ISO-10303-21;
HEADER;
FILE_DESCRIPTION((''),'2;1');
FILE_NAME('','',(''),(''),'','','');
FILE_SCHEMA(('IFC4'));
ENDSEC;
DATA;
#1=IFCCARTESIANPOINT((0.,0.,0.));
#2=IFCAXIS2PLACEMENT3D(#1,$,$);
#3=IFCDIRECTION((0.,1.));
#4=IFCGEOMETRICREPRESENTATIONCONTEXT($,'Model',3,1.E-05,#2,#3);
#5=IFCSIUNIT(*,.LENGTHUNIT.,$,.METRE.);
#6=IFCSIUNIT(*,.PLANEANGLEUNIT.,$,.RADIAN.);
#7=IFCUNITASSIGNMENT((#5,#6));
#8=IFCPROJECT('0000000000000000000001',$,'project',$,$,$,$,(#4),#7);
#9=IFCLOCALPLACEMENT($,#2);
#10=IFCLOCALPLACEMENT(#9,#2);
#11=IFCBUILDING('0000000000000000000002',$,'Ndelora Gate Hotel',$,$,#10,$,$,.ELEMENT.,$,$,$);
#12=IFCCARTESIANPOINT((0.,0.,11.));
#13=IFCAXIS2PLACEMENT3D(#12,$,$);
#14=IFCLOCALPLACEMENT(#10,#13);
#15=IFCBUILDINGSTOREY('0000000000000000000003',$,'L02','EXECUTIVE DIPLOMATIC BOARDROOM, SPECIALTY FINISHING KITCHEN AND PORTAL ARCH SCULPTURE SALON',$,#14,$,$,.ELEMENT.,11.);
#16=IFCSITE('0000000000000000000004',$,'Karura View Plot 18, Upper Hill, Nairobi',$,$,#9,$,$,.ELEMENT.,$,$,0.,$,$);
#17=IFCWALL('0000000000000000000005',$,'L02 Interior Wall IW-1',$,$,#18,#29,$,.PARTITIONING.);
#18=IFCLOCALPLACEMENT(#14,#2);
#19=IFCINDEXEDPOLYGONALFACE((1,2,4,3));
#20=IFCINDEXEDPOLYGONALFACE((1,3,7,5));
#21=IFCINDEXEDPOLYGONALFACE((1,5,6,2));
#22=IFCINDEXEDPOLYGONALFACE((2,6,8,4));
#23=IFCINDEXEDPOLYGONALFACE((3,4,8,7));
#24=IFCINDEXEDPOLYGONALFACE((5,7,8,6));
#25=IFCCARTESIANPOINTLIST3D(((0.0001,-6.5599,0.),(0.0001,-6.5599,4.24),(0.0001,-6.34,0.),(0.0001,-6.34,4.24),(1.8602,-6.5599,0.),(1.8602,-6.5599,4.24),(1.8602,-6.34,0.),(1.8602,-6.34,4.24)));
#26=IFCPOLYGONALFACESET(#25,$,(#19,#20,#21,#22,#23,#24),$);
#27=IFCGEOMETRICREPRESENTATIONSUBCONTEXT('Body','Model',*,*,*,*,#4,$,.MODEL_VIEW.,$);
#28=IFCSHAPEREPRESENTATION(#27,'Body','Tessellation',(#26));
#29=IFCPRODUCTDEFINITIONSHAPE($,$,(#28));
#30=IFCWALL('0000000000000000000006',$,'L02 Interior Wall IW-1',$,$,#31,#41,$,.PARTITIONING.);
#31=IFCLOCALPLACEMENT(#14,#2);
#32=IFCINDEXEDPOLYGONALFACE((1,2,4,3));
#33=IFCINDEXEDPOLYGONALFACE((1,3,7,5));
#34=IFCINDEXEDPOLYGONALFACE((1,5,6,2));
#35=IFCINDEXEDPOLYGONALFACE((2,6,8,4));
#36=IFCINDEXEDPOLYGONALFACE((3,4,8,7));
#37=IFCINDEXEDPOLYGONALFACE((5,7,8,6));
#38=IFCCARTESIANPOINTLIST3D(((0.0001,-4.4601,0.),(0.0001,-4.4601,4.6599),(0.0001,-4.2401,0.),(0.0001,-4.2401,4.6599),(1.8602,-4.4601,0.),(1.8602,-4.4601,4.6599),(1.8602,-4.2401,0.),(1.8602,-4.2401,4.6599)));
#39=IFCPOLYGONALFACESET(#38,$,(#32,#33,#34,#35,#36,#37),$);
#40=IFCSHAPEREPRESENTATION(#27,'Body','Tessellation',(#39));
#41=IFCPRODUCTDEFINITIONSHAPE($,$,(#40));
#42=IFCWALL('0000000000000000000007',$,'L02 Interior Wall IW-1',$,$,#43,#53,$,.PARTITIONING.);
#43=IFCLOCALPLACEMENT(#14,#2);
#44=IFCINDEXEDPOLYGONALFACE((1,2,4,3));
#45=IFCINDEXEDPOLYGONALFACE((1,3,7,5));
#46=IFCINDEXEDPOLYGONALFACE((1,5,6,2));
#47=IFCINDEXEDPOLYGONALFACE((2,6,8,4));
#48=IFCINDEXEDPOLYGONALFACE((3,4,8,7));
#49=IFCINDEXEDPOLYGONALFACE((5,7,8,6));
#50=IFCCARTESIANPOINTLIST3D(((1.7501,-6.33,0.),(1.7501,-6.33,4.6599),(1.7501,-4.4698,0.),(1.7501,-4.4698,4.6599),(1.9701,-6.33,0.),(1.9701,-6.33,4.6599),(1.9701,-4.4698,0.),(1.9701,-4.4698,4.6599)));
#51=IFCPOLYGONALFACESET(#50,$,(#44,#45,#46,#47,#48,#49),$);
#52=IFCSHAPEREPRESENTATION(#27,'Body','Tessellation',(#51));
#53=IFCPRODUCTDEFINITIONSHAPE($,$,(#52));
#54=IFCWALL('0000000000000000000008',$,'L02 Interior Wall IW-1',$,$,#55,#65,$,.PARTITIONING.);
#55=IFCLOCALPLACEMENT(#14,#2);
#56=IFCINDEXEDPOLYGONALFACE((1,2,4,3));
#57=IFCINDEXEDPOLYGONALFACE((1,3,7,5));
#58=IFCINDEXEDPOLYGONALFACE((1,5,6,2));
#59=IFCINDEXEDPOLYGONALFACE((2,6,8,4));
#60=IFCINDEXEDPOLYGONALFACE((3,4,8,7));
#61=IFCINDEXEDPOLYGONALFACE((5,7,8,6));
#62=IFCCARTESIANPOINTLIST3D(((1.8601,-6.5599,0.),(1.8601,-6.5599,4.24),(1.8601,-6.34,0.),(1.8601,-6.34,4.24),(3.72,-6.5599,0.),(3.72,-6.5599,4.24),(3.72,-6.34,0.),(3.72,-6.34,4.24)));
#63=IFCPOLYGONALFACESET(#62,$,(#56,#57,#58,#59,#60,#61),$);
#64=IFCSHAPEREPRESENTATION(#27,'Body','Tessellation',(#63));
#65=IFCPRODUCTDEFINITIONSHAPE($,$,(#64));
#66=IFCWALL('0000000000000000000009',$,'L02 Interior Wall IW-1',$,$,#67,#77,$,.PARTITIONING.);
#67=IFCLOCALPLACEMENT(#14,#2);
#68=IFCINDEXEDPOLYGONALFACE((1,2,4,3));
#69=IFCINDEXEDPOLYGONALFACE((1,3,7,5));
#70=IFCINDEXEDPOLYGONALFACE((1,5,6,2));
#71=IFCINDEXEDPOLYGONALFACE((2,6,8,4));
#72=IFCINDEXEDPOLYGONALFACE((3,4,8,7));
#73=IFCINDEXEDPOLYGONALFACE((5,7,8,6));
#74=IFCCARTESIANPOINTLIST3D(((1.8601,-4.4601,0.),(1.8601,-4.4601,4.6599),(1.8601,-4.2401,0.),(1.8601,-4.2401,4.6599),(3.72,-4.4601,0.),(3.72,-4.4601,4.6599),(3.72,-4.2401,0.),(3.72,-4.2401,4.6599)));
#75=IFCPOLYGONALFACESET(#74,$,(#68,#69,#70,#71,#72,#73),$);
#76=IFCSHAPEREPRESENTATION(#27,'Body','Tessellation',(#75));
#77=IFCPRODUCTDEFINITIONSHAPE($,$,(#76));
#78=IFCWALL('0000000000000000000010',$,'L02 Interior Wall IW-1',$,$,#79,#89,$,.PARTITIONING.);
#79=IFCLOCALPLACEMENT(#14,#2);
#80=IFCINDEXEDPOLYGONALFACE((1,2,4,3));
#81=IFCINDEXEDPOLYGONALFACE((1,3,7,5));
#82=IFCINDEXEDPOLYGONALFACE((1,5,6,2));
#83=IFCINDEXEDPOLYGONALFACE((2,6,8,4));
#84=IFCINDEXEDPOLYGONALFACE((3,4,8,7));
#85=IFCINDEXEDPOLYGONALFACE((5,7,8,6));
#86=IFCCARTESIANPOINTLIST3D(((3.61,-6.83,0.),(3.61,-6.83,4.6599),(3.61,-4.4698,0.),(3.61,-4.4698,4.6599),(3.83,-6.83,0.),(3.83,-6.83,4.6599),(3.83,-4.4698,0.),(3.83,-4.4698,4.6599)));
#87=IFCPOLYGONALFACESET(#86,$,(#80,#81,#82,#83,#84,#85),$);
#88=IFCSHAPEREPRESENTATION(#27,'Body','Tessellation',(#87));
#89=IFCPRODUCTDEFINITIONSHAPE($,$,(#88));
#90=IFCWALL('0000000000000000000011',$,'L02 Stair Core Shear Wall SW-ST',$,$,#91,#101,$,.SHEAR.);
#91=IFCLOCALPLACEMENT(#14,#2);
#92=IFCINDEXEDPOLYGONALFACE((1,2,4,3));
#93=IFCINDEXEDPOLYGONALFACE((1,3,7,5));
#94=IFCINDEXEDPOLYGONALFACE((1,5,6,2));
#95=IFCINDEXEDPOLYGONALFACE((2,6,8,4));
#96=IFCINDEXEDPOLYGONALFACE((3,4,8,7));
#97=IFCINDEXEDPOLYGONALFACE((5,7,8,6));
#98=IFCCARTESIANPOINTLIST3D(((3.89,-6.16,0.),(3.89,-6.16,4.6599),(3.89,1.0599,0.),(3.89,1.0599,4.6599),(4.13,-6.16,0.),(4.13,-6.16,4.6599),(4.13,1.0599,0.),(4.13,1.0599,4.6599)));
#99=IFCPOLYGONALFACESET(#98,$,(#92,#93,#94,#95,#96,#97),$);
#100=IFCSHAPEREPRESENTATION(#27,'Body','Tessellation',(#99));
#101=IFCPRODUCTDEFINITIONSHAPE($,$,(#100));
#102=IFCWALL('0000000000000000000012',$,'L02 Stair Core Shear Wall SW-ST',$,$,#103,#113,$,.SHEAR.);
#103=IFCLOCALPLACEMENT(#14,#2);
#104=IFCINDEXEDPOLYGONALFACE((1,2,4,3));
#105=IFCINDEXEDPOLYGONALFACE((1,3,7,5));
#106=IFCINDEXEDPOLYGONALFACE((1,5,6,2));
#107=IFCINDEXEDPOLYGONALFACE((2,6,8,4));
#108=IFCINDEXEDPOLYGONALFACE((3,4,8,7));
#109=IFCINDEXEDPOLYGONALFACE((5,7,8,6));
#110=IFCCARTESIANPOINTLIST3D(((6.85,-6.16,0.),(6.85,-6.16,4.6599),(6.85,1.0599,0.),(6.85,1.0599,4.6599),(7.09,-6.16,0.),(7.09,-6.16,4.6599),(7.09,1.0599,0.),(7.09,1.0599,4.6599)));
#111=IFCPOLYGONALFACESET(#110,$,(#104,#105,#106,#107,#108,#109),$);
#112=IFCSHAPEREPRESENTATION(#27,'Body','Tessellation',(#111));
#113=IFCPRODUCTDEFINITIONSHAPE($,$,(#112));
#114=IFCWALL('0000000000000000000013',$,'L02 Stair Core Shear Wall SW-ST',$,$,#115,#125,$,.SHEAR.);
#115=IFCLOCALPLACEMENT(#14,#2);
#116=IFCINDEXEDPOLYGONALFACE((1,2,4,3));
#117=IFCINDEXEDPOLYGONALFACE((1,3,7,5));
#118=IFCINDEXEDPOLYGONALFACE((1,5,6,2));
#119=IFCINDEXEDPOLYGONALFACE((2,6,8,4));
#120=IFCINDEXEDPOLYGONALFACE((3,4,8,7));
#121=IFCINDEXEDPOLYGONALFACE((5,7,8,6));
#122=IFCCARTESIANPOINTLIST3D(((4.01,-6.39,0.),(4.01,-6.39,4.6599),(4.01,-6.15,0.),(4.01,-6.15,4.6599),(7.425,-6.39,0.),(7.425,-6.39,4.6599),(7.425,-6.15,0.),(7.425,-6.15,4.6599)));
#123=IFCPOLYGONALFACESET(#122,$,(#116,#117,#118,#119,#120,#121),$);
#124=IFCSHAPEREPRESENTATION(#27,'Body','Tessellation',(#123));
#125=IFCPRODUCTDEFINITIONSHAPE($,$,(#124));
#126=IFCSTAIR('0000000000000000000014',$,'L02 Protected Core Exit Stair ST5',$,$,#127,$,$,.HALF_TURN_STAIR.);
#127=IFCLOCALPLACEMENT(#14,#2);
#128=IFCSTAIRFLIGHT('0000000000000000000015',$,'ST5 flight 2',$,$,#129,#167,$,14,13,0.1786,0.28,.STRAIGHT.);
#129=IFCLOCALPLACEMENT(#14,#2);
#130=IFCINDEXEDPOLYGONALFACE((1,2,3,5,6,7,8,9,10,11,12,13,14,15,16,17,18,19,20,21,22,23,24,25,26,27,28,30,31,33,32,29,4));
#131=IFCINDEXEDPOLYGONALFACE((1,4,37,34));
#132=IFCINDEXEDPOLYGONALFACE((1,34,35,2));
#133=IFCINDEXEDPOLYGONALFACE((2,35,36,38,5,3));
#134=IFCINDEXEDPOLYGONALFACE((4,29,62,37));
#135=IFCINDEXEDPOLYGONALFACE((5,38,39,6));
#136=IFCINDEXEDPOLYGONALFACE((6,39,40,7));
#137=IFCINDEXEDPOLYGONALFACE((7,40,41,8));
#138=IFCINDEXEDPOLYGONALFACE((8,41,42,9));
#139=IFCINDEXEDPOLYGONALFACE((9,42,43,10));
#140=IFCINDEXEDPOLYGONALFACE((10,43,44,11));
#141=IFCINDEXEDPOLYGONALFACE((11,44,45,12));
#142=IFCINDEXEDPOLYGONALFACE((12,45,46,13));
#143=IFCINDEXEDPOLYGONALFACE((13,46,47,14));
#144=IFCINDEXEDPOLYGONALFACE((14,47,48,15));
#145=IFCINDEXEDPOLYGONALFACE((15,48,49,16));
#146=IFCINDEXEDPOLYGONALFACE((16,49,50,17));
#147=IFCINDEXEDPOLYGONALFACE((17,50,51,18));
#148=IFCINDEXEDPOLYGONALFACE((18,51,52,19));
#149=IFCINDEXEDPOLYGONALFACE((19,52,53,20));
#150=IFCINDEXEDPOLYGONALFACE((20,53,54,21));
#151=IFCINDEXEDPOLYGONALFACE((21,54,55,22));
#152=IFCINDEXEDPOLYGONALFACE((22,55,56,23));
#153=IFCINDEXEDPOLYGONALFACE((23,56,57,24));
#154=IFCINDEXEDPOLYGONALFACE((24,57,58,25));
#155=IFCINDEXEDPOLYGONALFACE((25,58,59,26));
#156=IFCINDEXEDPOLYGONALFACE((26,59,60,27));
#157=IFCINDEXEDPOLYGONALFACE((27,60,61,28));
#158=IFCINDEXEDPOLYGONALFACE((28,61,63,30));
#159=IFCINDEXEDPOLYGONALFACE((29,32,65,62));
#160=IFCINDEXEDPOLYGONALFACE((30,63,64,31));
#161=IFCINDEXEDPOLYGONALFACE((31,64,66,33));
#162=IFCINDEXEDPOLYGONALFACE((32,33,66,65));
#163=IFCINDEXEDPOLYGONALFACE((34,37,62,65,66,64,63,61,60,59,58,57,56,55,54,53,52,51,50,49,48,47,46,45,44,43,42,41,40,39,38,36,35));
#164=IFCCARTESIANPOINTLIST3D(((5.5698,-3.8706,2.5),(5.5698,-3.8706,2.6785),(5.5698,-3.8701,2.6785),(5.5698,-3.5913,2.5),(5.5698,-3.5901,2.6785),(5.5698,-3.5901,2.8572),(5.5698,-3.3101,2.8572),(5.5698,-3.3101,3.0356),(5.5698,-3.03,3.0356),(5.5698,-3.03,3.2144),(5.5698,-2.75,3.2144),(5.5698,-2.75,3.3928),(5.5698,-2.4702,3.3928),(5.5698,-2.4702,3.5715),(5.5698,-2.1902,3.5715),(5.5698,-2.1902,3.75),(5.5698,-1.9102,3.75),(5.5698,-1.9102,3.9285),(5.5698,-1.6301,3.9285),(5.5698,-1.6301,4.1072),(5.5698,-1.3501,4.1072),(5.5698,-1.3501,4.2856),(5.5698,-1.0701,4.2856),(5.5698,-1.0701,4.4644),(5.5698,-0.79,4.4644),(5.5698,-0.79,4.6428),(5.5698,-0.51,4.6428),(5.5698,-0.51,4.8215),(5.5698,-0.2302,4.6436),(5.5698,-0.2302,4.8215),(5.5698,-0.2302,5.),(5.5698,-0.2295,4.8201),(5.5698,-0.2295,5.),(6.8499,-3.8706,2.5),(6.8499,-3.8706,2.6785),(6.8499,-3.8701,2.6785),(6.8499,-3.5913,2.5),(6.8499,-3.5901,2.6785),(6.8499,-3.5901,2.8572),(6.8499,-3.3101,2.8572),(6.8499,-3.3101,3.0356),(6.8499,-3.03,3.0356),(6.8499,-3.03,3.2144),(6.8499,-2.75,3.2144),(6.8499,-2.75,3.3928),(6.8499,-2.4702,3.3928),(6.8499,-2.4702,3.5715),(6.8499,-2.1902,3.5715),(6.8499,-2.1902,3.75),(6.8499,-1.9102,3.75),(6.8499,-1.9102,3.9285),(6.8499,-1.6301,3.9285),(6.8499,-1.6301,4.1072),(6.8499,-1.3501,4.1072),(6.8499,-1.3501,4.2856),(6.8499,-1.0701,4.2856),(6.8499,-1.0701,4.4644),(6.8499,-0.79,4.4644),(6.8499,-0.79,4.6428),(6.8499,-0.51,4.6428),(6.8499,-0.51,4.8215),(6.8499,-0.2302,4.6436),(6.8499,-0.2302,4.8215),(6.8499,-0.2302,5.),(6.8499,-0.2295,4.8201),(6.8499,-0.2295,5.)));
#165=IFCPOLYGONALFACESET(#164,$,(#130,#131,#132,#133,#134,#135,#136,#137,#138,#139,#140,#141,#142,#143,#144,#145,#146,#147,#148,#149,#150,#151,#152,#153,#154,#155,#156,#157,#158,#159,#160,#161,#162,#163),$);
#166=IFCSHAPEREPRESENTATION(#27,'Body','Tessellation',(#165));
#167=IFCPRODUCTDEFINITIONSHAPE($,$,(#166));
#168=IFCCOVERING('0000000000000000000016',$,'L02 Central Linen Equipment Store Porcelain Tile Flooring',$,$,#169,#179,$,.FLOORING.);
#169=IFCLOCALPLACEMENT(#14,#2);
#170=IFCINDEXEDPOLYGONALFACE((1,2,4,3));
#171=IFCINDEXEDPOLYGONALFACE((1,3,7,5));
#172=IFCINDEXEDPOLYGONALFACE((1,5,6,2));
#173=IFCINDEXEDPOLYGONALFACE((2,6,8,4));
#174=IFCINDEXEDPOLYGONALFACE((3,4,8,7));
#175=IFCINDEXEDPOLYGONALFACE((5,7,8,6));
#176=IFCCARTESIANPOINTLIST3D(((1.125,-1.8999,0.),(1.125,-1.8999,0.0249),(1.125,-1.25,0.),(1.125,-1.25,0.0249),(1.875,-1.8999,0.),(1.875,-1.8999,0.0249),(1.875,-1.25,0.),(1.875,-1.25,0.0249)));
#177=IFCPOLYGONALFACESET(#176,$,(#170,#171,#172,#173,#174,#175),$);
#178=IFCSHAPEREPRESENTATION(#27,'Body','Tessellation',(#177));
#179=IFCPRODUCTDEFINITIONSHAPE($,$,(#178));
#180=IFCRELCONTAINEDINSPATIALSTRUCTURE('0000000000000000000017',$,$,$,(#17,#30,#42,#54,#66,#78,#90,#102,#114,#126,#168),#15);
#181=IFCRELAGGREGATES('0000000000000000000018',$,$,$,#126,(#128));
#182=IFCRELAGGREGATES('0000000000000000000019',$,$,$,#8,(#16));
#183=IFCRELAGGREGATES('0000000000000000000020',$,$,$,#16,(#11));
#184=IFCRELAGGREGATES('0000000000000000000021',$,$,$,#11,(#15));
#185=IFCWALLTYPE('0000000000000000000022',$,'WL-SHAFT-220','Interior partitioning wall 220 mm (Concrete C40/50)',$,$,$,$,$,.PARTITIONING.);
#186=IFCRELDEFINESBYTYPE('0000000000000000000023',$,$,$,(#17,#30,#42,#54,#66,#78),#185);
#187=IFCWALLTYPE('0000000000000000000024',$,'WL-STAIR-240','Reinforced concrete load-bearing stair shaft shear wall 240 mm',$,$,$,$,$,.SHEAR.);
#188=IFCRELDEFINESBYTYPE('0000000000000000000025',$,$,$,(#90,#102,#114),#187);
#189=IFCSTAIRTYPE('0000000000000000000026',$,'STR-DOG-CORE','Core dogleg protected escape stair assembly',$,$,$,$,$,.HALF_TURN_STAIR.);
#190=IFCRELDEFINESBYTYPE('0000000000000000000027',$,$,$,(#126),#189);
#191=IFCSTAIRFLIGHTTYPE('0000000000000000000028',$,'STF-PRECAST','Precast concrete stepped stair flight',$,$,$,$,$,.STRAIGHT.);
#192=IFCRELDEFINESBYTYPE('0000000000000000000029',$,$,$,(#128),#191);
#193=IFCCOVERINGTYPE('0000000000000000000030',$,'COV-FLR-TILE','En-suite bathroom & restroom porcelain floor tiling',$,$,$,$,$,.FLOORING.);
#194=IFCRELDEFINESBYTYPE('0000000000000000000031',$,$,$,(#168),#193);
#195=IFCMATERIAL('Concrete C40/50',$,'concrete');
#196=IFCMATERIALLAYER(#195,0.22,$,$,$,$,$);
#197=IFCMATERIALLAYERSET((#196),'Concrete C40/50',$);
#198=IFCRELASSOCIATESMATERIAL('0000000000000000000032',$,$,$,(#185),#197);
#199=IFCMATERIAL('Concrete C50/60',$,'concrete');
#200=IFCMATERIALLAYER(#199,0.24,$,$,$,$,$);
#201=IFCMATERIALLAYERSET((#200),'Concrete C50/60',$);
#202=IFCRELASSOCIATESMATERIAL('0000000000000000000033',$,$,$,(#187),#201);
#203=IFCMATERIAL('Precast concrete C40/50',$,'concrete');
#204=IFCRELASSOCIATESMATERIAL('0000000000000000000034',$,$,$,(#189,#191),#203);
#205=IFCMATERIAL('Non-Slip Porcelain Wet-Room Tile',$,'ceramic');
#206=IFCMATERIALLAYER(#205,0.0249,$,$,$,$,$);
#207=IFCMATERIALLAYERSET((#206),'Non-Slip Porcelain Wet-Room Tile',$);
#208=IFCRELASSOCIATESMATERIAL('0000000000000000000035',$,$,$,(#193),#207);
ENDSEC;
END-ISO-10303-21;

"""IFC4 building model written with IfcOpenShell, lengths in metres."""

from ifc_helpers import new_model, si_unit, direction, frame, frame_2d, origin, origin_2d, place, context, subcontext, project, spatial, polyline, rectangle, outline, extrude, material, layer, layer_set, type_object, element, aggregate, save


model = new_model("IFC4")

# Units and contexts
model_context = context("Model", 3, precision=1e-05, world=origin(), true_north=direction((0.0, 1.0)))
body_context = subcontext(model_context, "Body", "Model", "MODEL_VIEW")
ifc_project = project(units=[si_unit("LENGTHUNIT", "METRE"), si_unit("PLANEANGLEUNIT", "RADIAN")], contexts=[model_context])

# Site, building, storey
site_placement = place(None, origin())
site = spatial("IfcSite", under=ifc_project, at=site_placement, Name="Karura View Plot 18, Upper Hill, Nairobi", CompositionType="ELEMENT", RefElevation=0.0)
building_placement = place(site_placement, origin())
building = spatial("IfcBuilding", under=site, at=building_placement, Name="Ndelora Gate Hotel", CompositionType="ELEMENT")
storey_placement = place(building_placement, frame((0.0, 0.0, 11.0)))
storey = spatial("IfcBuildingStorey", under=building, at=storey_placement, Name="L02", Description="EXECUTIVE DIPLOMATIC BOARDROOM, SPECIALTY FINISHING KITCHEN AND PORTAL ARCH SCULPTURE SALON", CompositionType="ELEMENT", Elevation=11.0)

# Walls
ifc_material_1 = material(Name="Concrete C40/50", Category="concrete")
ifc_layer_1 = layer(ifc_material_1, 0.22)
ifc_layer_set_1 = layer_set([ifc_layer_1], Name="Concrete C40/50")
wall_type_1 = type_object("IfcWallType", Name="WL-SHAFT-220", Description="Interior partitioning wall 220 mm (Concrete C40/50)", PredefinedType="PARTITIONING", material=ifc_layer_set_1)
wall_1_placement = place(storey_placement, frame((0.0, -6.45, 0.0), z_axis=(0.0, 0.0, 1.0), x_axis=(1.0, 0.0, 0.0)))
element("IfcWall", 1, at=wall_1_placement, inside=storey, type_object=wall_type_1, Name="L02 Interior Wall IW-1", PredefinedType="PARTITIONING", context=body_context, shape_type="SweptSolid", body=[
    extrude(rectangle(XDim=1.8601, YDim=0.22, at=frame_2d((0.9302, 0.0))), origin(), (0.0, 0.0, 1.0), 4.24),
])
for number, where, z_axis, x_axis, name in (
    (2, (0.0, -4.3501, 0.0), (0.0, 0.0, 1.0), (1.0, 0.0, 0.0), "L02 Interior Wall IW-1"),
    (3, (1.8601, -6.3301, 0.0), (0.0, 0.0, 1.0), (0.0, 1.0, 0.0), "L02 Interior Wall IW-1"),
):
    element("IfcWall", number, at=place(storey_placement, frame(where, z_axis=z_axis, x_axis=x_axis)), inside=storey, type_object=wall_type_1, Name=name, PredefinedType="PARTITIONING", context=body_context, shape_type="SweptSolid", body=[
        extrude(rectangle(XDim=1.8601, YDim=0.22, at=frame_2d((0.9302, 0.0))), origin(), (0.0, 0.0, 1.0), 4.6599),
    ])
wall_2_placement = place(storey_placement, frame((1.8601, -6.45, 0.0), z_axis=(0.0, 0.0, 1.0), x_axis=(1.0, 0.0, 0.0)))
element("IfcWall", 4, at=wall_2_placement, inside=storey, type_object=wall_type_1, Name="L02 Interior Wall IW-1", PredefinedType="PARTITIONING", context=body_context, shape_type="SweptSolid", body=[
    extrude(rectangle(XDim=1.8599, YDim=0.22, at=frame_2d((0.9299, 0.0))), origin(), (0.0, 0.0, 1.0), 4.24),
])
wall_3_placement = place(storey_placement, frame((1.8601, -4.3501, 0.0), z_axis=(0.0, 0.0, 1.0), x_axis=(1.0, 0.0, 0.0)))
element("IfcWall", 5, at=wall_3_placement, inside=storey, type_object=wall_type_1, Name="L02 Interior Wall IW-1", PredefinedType="PARTITIONING", context=body_context, shape_type="SweptSolid", body=[
    extrude(rectangle(XDim=1.8599, YDim=0.22, at=frame_2d((0.9299, 0.0))), origin(), (0.0, 0.0, 1.0), 4.6599),
])
wall_4_placement = place(storey_placement, frame((3.72, -6.8301, 0.0), z_axis=(0.0, 0.0, 1.0), x_axis=(0.0, 1.0, 0.0)))
element("IfcWall", 6, at=wall_4_placement, inside=storey, type_object=wall_type_1, Name="L02 Interior Wall IW-1", PredefinedType="PARTITIONING", context=body_context, shape_type="SweptSolid", body=[
    extrude(rectangle(XDim=2.3601, YDim=0.22, at=frame_2d((1.1802, 0.0))), origin(), (0.0, 0.0, 1.0), 4.6599),
])
ifc_material_2 = material(Name="Concrete C50/60", Category="concrete")
ifc_layer_2 = layer(ifc_material_2, 0.24)
ifc_layer_set_2 = layer_set([ifc_layer_2], Name="Concrete C50/60")
wall_type_2 = type_object("IfcWallType", Name="WL-STAIR-240", Description="Reinforced concrete load-bearing stair shaft shear wall 240 mm", PredefinedType="SHEAR", material=ifc_layer_set_2)
for number, where, z_axis, x_axis, name in (
    (7, (4.01, -6.1599, 0.0), (0.0, 0.0, 1.0), (0.0, 1.0, 0.0), "L02 Stair Core Shear Wall SW-ST"),
    (8, (6.97, -6.1599, 0.0), (0.0, 0.0, 1.0), (0.0, 1.0, 0.0), "L02 Stair Core Shear Wall SW-ST"),
):
    element("IfcWall", number, at=place(storey_placement, frame(where, z_axis=z_axis, x_axis=x_axis)), inside=storey, type_object=wall_type_2, Name=name, PredefinedType="SHEAR", context=body_context, shape_type="SweptSolid", body=[
        extrude(rectangle(XDim=7.22, YDim=0.24, at=frame_2d((3.6099, 0.0))), origin(), (0.0, 0.0, 1.0), 4.6599),
    ])
wall_5_placement = place(storey_placement, frame((4.01, -6.27, 0.0), z_axis=(0.0, 0.0, 1.0), x_axis=(1.0, 0.0, 0.0)))
element("IfcWall", 9, at=wall_5_placement, inside=storey, type_object=wall_type_2, Name="L02 Stair Core Shear Wall SW-ST", PredefinedType="SHEAR", context=body_context, shape_type="SweptSolid", body=[
    extrude(rectangle(XDim=3.415, YDim=0.24, at=frame_2d((1.7075, 0.0))), origin(), (0.0, 0.0, 1.0), 4.6599),
])

# Stair, stair flight
ifc_material_3 = material(Name="Precast concrete C40/50", Category="concrete")
stair_type = type_object("IfcStairType", Name="STR-DOG-CORE", Description="Core dogleg protected escape stair assembly", PredefinedType="HALF_TURN_STAIR", material=ifc_material_3)
stair_placement = place(storey_placement, origin())
stair = element("IfcStair", 10, at=stair_placement, inside=storey, type_object=stair_type, Name="L02 Protected Core Exit Stair ST5", PredefinedType="HALF_TURN_STAIR")
stair_flight_type = type_object("IfcStairFlightType", Name="STF-PRECAST", Description="Precast concrete stepped stair flight", PredefinedType="STRAIGHT", material=ifc_material_3)
stair_flight_placement = place(storey_placement, frame((6.21, -3.8701, 2.5), z_axis=(0.0, 0.0, 1.0), x_axis=(0.0, 1.0, 0.0)))
stair_flight = element("IfcStairFlight", 11, at=stair_flight_placement, type_object=stair_flight_type, Name="ST5 flight 2", NumberOfRisers=14, NumberOfTreads=13, PredefinedType="STRAIGHT", RiserHeight=0.1786, TreadLength=0.28, context=body_context, shape_type="SweptSolid", body=[
    extrude(outline(polyline([(-0.0005, 0.0), (-0.0005, 0.1785), (0.0, 0.1785), (0.28, 0.1785), (0.28, 0.3572), (0.5601, 0.3572), (0.5601, 0.5356), (0.8401, 0.5356), (0.8401, 0.7144), (1.1201, 0.7144), (1.1201, 0.8928), (1.3999, 0.8928), (1.3999, 1.0715), (1.6799, 1.0715), (1.6799, 1.25), (1.96, 1.25), (1.96, 1.4285), (2.24, 1.4285), (2.24, 1.6072), (2.52, 1.6072), (2.52, 1.7856), (2.8, 1.7856), (2.8, 1.9644), (3.0801, 1.9644), (3.0801, 2.1428), (3.3601, 2.1428), (3.3601, 2.3215), (3.6399, 2.3215), (3.6399, 2.5), (3.6406, 2.5), (3.6406, 2.3201), (3.6399, 2.1436), (0.2788, 0.0), (-0.0005, 0.0)])), frame((0.0, 0.6401, 0.0), z_axis=(0.0, -1.0, 0.0), x_axis=(1.0, 0.0, 0.0)), (0.0, 0.0, 1.0), 1.28),
])
aggregate(stair, [stair_flight])

# Covering
ifc_material_4 = material(Name="Non-Slip Porcelain Wet-Room Tile", Category="ceramic")
ifc_layer_3 = layer(ifc_material_4, 0.0249)
ifc_layer_set_3 = layer_set([ifc_layer_3], Name="Non-Slip Porcelain Wet-Room Tile")
covering_type = type_object("IfcCoveringType", Name="COV-FLR-TILE", Description="En-suite bathroom & restroom porcelain floor tiling", PredefinedType="FLOORING", material=ifc_layer_set_3)
covering_placement = place(storey_placement, frame((1.5, -1.575, 0.0), z_axis=(0.0, 0.0, 1.0), x_axis=(1.0, 0.0, 0.0)))
element("IfcCovering", 12, at=covering_placement, inside=storey, type_object=covering_type, Name="L02 Central Linen Equipment Store Porcelain Tile Flooring", PredefinedType="FLOORING", context=body_context, shape_type="SweptSolid", body=[
    extrude(rectangle(XDim=0.75, YDim=0.6499, at=origin_2d()), origin(), (0.0, 0.0, 1.0), 0.0249),
])

save(model, "model.ifc")
